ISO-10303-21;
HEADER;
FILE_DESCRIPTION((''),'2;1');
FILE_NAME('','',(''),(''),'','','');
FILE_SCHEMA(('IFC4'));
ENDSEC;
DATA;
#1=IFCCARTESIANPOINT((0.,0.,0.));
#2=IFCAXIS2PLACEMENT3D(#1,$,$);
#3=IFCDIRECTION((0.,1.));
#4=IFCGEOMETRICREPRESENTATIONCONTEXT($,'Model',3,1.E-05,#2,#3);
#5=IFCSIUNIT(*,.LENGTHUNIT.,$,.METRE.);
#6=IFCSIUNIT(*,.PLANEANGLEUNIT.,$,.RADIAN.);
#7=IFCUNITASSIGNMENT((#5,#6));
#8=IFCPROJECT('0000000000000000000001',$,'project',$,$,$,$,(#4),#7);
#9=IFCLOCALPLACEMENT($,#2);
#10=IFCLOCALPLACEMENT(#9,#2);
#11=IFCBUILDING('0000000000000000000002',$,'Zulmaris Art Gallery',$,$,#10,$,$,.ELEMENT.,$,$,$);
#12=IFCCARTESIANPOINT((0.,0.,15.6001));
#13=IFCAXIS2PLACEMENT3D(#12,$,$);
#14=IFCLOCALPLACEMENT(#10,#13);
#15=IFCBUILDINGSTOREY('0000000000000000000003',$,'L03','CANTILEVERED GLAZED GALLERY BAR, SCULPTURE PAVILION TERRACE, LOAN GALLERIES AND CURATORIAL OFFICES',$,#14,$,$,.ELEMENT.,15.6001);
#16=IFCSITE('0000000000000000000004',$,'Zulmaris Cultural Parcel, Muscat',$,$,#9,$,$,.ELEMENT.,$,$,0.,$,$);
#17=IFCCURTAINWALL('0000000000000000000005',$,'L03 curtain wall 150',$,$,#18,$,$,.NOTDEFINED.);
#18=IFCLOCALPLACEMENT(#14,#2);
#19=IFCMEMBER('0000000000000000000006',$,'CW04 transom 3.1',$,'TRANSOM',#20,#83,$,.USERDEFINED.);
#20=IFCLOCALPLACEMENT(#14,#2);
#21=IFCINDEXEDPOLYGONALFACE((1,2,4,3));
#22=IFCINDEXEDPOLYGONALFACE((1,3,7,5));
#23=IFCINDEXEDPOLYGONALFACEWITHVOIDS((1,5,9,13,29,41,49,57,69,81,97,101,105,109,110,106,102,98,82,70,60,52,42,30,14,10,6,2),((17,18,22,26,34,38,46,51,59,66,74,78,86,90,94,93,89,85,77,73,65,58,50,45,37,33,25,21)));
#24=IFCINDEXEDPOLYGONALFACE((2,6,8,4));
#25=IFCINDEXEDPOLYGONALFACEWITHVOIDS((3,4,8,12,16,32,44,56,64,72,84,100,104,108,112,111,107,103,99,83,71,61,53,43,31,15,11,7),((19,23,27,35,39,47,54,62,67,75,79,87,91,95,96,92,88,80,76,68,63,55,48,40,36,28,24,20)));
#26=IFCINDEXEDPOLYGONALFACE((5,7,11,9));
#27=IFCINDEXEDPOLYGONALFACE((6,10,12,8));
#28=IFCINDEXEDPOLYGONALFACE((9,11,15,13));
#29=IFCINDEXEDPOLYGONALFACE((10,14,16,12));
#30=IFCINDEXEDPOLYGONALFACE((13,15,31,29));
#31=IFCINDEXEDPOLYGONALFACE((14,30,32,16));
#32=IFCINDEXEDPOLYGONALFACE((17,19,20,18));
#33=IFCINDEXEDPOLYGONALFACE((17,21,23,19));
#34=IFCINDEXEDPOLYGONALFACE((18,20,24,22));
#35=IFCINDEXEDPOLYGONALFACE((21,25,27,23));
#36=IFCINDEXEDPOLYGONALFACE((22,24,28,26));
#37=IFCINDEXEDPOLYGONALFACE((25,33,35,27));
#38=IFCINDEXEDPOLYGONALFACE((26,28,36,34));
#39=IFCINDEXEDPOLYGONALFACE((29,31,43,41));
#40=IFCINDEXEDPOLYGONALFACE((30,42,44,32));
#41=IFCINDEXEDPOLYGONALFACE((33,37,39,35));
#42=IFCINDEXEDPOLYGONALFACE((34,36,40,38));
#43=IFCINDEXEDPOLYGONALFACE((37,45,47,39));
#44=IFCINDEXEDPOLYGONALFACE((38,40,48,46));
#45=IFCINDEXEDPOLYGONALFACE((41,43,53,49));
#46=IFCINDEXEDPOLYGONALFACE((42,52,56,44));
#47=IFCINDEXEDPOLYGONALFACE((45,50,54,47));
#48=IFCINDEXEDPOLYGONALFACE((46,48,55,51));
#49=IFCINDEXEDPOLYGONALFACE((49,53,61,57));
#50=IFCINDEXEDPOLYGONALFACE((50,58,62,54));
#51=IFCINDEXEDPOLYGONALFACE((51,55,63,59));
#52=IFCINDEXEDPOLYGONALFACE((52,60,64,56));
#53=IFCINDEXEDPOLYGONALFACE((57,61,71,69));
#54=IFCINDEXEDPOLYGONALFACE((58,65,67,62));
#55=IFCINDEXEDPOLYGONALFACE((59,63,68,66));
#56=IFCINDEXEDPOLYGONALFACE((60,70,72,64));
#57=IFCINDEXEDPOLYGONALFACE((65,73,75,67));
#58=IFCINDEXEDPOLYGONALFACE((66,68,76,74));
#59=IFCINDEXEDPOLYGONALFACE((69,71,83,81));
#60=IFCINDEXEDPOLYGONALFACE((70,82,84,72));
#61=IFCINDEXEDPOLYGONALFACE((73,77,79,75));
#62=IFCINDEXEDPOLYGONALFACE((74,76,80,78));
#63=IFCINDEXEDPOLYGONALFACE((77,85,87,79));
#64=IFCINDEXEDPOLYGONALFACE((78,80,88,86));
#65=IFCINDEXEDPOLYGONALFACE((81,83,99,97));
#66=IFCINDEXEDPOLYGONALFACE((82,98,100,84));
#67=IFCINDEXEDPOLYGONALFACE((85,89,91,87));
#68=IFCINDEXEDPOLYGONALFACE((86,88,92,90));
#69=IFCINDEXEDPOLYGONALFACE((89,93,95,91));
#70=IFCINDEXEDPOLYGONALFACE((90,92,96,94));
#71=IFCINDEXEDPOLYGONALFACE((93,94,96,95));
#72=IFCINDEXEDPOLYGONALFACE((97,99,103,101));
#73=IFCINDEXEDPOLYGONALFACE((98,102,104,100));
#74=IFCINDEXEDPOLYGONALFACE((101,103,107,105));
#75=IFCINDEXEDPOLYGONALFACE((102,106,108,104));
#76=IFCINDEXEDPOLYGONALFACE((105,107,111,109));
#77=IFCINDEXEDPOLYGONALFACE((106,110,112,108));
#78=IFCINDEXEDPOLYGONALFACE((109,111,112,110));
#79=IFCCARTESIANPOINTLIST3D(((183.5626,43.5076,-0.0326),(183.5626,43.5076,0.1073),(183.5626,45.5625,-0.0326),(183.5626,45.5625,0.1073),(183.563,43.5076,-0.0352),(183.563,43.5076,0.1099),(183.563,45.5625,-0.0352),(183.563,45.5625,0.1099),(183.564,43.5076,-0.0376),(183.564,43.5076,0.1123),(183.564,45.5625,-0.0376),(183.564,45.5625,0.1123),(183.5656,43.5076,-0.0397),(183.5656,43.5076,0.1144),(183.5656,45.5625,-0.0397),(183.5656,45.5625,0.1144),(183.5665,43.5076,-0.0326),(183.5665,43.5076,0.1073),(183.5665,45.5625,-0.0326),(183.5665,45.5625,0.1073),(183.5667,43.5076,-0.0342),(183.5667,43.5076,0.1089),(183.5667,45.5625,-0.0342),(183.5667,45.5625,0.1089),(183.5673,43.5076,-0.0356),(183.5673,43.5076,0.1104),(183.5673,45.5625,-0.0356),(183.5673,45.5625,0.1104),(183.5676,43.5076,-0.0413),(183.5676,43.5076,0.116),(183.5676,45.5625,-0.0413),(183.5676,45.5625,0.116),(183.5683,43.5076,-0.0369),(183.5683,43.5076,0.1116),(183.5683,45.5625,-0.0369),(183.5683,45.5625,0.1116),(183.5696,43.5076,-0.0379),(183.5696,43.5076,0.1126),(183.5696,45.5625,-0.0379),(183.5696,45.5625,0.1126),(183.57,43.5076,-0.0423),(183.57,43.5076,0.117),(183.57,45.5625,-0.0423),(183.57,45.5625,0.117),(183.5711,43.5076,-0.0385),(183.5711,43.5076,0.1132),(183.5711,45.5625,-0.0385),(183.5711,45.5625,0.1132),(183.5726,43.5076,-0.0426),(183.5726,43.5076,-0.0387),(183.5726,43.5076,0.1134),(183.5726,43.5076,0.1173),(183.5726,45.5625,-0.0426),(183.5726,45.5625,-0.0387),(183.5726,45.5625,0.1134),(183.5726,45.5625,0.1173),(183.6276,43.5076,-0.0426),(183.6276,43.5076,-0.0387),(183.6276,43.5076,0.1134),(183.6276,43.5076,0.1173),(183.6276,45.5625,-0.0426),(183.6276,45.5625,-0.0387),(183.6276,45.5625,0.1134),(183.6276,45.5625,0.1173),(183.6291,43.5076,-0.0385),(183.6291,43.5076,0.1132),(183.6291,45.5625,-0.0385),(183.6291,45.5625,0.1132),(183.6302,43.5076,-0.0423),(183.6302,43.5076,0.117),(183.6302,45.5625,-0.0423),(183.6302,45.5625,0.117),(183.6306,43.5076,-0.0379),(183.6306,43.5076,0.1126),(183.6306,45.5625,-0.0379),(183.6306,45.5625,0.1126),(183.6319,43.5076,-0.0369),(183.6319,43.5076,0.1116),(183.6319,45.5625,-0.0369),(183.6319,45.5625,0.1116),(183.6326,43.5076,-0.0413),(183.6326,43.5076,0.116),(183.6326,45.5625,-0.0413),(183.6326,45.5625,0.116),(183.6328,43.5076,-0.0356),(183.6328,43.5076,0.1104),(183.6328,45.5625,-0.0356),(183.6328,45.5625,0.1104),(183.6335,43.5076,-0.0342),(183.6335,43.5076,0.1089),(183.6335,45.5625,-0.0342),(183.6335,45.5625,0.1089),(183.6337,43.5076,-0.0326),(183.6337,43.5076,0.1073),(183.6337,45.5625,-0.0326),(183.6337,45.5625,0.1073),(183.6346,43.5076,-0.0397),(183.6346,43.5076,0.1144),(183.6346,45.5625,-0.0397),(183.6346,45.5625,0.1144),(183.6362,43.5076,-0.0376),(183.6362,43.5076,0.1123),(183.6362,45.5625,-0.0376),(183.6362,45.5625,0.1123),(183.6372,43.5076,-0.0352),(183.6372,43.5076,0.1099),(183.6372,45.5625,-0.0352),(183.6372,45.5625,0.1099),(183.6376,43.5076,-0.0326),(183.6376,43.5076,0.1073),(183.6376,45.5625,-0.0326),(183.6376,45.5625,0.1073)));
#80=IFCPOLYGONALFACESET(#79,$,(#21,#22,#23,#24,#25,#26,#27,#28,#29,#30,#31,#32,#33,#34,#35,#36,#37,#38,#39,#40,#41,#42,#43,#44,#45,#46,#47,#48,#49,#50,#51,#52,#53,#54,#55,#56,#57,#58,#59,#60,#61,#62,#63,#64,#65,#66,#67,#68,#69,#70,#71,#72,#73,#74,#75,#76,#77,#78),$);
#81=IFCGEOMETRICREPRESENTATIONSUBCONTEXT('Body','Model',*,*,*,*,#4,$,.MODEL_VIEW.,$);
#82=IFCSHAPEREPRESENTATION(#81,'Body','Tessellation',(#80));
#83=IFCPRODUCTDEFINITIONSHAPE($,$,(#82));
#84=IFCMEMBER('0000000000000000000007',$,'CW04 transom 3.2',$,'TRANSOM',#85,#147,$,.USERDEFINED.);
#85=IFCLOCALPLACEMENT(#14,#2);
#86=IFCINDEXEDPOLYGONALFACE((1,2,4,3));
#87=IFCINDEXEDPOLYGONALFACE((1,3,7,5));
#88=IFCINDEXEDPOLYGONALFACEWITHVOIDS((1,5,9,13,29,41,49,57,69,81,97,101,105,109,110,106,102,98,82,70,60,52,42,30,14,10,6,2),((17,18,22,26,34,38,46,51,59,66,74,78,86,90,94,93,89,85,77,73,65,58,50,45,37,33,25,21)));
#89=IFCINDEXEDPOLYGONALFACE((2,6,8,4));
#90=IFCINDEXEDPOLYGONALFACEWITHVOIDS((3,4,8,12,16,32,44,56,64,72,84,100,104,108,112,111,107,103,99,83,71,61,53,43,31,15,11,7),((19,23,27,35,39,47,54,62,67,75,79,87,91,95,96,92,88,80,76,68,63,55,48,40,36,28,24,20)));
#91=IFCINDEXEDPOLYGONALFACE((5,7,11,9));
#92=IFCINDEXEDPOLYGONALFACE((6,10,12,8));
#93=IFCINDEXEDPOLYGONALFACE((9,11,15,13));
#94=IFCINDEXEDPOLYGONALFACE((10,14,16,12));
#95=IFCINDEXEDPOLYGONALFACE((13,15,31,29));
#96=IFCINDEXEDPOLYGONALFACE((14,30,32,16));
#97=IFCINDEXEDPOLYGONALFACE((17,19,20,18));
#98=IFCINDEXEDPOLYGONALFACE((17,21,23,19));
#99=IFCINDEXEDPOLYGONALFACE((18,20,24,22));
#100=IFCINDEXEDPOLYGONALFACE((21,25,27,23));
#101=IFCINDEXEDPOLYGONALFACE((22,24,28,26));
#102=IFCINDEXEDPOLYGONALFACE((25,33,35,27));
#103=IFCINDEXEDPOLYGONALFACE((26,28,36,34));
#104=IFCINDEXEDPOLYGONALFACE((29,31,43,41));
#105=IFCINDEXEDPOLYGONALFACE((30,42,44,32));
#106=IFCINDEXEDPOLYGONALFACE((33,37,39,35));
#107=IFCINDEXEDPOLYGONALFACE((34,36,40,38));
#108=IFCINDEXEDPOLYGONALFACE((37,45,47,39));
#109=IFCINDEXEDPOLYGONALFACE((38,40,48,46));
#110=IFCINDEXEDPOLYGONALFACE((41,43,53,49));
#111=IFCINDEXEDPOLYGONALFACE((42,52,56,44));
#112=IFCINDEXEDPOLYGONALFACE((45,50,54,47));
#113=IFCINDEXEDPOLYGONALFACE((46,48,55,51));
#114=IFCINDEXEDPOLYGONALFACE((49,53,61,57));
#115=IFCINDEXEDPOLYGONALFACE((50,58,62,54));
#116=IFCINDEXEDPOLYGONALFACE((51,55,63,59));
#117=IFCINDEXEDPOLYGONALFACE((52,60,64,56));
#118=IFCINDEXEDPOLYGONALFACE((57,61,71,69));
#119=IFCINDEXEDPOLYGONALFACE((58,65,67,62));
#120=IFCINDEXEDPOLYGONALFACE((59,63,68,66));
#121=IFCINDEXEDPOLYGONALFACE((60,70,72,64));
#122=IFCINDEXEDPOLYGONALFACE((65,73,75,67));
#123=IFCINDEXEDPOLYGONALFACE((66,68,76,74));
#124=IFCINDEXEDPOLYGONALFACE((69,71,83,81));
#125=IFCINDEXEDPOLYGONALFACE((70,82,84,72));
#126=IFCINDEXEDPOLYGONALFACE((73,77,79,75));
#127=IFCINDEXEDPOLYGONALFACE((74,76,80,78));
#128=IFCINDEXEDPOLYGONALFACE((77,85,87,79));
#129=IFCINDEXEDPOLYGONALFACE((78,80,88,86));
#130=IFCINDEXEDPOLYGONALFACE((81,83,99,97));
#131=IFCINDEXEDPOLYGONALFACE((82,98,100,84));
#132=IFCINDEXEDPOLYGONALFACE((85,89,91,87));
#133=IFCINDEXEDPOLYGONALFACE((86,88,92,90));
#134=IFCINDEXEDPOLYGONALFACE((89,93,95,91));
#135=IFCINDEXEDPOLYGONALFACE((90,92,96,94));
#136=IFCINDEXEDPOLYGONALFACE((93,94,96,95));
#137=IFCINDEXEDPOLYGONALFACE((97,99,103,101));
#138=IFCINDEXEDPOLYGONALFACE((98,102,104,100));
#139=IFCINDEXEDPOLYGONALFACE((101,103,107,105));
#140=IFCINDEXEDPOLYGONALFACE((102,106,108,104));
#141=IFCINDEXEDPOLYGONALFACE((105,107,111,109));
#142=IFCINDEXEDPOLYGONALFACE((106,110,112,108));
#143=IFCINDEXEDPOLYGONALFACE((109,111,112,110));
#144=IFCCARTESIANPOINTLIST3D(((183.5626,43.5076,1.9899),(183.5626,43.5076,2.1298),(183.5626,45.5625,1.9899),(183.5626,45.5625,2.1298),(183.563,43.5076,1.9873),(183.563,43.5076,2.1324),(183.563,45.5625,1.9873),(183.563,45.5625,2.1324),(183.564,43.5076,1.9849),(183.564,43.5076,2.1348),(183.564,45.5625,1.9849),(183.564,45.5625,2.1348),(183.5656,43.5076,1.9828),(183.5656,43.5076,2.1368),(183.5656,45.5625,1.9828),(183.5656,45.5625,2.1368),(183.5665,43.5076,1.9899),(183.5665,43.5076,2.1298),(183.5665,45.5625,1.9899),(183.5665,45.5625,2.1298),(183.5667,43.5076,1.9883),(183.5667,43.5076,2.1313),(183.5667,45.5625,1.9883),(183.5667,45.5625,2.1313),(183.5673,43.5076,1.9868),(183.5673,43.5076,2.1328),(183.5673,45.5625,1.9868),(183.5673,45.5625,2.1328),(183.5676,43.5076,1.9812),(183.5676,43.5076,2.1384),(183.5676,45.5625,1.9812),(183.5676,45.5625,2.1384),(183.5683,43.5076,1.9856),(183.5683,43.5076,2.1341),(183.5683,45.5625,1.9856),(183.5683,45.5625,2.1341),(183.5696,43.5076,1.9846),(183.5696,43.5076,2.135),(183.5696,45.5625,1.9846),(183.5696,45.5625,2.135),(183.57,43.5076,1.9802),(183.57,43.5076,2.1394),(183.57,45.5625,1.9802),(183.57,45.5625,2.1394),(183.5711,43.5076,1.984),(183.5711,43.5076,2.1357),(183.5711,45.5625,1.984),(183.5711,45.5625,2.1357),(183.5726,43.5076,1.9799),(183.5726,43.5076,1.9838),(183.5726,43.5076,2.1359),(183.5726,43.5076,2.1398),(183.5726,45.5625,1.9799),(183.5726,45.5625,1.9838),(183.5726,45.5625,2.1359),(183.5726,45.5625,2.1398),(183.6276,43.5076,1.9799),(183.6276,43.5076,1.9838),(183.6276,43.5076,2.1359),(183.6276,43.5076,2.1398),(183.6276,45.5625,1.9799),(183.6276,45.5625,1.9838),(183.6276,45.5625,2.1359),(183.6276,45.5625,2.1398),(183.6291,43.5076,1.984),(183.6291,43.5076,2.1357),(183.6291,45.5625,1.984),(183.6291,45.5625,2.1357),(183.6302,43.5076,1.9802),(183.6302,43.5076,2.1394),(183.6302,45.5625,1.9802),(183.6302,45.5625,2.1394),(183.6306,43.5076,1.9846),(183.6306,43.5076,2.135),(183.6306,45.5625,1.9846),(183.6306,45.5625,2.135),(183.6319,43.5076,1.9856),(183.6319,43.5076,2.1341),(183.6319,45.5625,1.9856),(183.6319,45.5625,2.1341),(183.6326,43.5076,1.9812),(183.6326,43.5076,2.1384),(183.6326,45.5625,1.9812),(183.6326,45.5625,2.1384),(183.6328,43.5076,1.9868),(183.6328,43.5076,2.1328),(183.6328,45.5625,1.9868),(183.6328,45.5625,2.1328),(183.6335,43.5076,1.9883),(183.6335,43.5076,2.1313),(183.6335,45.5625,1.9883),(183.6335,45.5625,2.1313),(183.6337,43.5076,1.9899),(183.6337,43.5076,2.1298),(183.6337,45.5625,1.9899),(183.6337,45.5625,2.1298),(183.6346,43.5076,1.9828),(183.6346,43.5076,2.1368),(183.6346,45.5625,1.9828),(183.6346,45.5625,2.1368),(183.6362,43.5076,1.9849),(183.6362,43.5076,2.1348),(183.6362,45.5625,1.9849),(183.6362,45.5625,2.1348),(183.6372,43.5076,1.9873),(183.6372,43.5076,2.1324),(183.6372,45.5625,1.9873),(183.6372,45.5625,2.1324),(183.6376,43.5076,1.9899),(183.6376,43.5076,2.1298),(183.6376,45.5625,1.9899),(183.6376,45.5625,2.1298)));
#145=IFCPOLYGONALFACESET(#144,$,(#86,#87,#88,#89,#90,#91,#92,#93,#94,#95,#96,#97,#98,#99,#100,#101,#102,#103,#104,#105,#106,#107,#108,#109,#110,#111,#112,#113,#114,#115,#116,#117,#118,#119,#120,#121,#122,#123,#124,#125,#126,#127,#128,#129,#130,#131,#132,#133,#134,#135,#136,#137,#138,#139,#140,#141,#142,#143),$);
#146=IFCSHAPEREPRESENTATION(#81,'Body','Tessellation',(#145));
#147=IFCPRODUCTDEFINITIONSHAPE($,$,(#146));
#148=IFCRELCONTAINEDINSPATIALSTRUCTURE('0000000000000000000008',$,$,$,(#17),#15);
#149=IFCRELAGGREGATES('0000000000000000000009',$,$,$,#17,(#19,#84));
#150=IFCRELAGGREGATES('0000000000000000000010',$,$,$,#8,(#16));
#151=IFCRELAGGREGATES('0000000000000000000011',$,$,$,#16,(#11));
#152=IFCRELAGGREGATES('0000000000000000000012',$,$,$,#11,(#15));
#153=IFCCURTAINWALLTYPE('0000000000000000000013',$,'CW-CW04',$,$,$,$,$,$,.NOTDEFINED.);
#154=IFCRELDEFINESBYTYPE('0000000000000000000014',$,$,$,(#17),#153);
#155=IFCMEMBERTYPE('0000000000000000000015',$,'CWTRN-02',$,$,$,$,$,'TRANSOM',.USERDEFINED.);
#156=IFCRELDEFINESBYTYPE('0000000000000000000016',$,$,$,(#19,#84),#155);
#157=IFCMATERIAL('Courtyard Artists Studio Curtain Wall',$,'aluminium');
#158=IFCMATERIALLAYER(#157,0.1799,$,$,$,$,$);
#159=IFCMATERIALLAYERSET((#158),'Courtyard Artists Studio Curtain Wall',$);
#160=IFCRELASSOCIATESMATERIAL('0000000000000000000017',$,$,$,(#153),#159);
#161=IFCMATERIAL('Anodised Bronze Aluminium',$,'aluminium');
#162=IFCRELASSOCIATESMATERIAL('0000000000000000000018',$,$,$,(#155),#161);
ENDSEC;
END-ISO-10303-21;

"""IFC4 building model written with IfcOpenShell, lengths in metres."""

from ifc_helpers import new_model, si_unit, direction, frame, origin, origin_2d, place, context, subcontext, project, spatial, hollow_rectangle, extrude, material, layer, layer_set, material_profile, profile_set, type_object, element, aggregate, save


model = new_model("IFC4")

# Units and contexts
model_context = context("Model", 3, precision=1e-05, world=origin(), true_north=direction((0.0, 1.0)))
body_context = subcontext(model_context, "Body", "Model", "MODEL_VIEW")
ifc_project = project(units=[si_unit("LENGTHUNIT", "METRE"), si_unit("PLANEANGLEUNIT", "RADIAN")], contexts=[model_context])

# Site, building, storey
site_placement = place(None, origin())
site = spatial("IfcSite", under=ifc_project, at=site_placement, Name="Zulmaris Cultural Parcel, Muscat", CompositionType="ELEMENT", RefElevation=0.0)
building_placement = place(site_placement, origin())
building = spatial("IfcBuilding", under=site, at=building_placement, Name="Zulmaris Art Gallery", CompositionType="ELEMENT")
storey_placement = place(building_placement, frame((0.0, 0.0, 15.6001)))
storey = spatial("IfcBuildingStorey", under=building, at=storey_placement, Name="L03", Description="CANTILEVERED GLAZED GALLERY BAR, SCULPTURE PAVILION TERRACE, LOAN GALLERIES AND CURATORIAL OFFICES", CompositionType="ELEMENT", Elevation=15.6001)

# Curtain wall
ifc_material_1 = material(Name="Courtyard Artists Studio Curtain Wall", Category="aluminium")
ifc_layer_1 = layer(ifc_material_1, 0.1799)
ifc_layer_set_1 = layer_set([ifc_layer_1], Name="Courtyard Artists Studio Curtain Wall")
curtain_wall_type = type_object("IfcCurtainWallType", Name="CW-CW04", PredefinedType="NOTDEFINED", material=ifc_layer_set_1)
curtain_wall_1_placement = place(storey_placement, origin())
curtain_wall_1 = element("IfcCurtainWall", 1, at=curtain_wall_1_placement, inside=storey, type_object=curtain_wall_type, Name="L03 curtain wall 150", PredefinedType="NOTDEFINED")
ifc_material_2 = material(Name="Anodised Bronze Aluminium", Category="aluminium")

# Members
ifc_material_profile_1 = material_profile(ifc_material_2, hollow_rectangle(XDim=0.075, YDim=0.1599, WallThickness=0.0039, InnerFilletRadius=0.0061, OuterFilletRadius=0.01, at=origin_2d()), Name="ALU 75x160x4")
ifc_profile_set_1 = profile_set([ifc_material_profile_1], Name="Anodised Bronze Aluminium")
member_type_1 = type_object("IfcMemberType", Name="CWTRN-02", ElementType="TRANSOM", PredefinedType="USERDEFINED", material=ifc_profile_set_1)
member_1_placement = place(storey_placement, frame((183.6001, 45.5625, 0.0374), z_axis=(0.0, -1.0, 0.0), x_axis=(1.0, 0.0, 0.0)))
member_1 = element("IfcMember", 2, at=member_1_placement, type_object=member_type_1, Name="CW04 transom 3.1", ObjectType="TRANSOM", PredefinedType="USERDEFINED", context=body_context, shape_type="SweptSolid", body=[
    extrude(hollow_rectangle(XDim=0.075, YDim=0.1599, WallThickness=0.0039, InnerFilletRadius=0.0061, OuterFilletRadius=0.01, at=origin_2d()), origin(), (0.0, 0.0, 1.0), 2.0549),
])
member_2_placement = place(storey_placement, frame((183.6001, 45.5625, 2.0598), z_axis=(0.0, -1.0, 0.0), x_axis=(1.0, 0.0, 0.0)))
member_2 = element("IfcMember", 3, at=member_2_placement, type_object=member_type_1, Name="CW04 transom 3.2", ObjectType="TRANSOM", PredefinedType="USERDEFINED", context=body_context, shape_type="SweptSolid", body=[
    extrude(hollow_rectangle(XDim=0.075, YDim=0.1599, WallThickness=0.0039, InnerFilletRadius=0.0061, OuterFilletRadius=0.01, at=origin_2d()), origin(), (0.0, 0.0, 1.0), 2.0549),
])

aggregate(curtain_wall_1, [member_1, member_2])

save(model, "model.ifc")
